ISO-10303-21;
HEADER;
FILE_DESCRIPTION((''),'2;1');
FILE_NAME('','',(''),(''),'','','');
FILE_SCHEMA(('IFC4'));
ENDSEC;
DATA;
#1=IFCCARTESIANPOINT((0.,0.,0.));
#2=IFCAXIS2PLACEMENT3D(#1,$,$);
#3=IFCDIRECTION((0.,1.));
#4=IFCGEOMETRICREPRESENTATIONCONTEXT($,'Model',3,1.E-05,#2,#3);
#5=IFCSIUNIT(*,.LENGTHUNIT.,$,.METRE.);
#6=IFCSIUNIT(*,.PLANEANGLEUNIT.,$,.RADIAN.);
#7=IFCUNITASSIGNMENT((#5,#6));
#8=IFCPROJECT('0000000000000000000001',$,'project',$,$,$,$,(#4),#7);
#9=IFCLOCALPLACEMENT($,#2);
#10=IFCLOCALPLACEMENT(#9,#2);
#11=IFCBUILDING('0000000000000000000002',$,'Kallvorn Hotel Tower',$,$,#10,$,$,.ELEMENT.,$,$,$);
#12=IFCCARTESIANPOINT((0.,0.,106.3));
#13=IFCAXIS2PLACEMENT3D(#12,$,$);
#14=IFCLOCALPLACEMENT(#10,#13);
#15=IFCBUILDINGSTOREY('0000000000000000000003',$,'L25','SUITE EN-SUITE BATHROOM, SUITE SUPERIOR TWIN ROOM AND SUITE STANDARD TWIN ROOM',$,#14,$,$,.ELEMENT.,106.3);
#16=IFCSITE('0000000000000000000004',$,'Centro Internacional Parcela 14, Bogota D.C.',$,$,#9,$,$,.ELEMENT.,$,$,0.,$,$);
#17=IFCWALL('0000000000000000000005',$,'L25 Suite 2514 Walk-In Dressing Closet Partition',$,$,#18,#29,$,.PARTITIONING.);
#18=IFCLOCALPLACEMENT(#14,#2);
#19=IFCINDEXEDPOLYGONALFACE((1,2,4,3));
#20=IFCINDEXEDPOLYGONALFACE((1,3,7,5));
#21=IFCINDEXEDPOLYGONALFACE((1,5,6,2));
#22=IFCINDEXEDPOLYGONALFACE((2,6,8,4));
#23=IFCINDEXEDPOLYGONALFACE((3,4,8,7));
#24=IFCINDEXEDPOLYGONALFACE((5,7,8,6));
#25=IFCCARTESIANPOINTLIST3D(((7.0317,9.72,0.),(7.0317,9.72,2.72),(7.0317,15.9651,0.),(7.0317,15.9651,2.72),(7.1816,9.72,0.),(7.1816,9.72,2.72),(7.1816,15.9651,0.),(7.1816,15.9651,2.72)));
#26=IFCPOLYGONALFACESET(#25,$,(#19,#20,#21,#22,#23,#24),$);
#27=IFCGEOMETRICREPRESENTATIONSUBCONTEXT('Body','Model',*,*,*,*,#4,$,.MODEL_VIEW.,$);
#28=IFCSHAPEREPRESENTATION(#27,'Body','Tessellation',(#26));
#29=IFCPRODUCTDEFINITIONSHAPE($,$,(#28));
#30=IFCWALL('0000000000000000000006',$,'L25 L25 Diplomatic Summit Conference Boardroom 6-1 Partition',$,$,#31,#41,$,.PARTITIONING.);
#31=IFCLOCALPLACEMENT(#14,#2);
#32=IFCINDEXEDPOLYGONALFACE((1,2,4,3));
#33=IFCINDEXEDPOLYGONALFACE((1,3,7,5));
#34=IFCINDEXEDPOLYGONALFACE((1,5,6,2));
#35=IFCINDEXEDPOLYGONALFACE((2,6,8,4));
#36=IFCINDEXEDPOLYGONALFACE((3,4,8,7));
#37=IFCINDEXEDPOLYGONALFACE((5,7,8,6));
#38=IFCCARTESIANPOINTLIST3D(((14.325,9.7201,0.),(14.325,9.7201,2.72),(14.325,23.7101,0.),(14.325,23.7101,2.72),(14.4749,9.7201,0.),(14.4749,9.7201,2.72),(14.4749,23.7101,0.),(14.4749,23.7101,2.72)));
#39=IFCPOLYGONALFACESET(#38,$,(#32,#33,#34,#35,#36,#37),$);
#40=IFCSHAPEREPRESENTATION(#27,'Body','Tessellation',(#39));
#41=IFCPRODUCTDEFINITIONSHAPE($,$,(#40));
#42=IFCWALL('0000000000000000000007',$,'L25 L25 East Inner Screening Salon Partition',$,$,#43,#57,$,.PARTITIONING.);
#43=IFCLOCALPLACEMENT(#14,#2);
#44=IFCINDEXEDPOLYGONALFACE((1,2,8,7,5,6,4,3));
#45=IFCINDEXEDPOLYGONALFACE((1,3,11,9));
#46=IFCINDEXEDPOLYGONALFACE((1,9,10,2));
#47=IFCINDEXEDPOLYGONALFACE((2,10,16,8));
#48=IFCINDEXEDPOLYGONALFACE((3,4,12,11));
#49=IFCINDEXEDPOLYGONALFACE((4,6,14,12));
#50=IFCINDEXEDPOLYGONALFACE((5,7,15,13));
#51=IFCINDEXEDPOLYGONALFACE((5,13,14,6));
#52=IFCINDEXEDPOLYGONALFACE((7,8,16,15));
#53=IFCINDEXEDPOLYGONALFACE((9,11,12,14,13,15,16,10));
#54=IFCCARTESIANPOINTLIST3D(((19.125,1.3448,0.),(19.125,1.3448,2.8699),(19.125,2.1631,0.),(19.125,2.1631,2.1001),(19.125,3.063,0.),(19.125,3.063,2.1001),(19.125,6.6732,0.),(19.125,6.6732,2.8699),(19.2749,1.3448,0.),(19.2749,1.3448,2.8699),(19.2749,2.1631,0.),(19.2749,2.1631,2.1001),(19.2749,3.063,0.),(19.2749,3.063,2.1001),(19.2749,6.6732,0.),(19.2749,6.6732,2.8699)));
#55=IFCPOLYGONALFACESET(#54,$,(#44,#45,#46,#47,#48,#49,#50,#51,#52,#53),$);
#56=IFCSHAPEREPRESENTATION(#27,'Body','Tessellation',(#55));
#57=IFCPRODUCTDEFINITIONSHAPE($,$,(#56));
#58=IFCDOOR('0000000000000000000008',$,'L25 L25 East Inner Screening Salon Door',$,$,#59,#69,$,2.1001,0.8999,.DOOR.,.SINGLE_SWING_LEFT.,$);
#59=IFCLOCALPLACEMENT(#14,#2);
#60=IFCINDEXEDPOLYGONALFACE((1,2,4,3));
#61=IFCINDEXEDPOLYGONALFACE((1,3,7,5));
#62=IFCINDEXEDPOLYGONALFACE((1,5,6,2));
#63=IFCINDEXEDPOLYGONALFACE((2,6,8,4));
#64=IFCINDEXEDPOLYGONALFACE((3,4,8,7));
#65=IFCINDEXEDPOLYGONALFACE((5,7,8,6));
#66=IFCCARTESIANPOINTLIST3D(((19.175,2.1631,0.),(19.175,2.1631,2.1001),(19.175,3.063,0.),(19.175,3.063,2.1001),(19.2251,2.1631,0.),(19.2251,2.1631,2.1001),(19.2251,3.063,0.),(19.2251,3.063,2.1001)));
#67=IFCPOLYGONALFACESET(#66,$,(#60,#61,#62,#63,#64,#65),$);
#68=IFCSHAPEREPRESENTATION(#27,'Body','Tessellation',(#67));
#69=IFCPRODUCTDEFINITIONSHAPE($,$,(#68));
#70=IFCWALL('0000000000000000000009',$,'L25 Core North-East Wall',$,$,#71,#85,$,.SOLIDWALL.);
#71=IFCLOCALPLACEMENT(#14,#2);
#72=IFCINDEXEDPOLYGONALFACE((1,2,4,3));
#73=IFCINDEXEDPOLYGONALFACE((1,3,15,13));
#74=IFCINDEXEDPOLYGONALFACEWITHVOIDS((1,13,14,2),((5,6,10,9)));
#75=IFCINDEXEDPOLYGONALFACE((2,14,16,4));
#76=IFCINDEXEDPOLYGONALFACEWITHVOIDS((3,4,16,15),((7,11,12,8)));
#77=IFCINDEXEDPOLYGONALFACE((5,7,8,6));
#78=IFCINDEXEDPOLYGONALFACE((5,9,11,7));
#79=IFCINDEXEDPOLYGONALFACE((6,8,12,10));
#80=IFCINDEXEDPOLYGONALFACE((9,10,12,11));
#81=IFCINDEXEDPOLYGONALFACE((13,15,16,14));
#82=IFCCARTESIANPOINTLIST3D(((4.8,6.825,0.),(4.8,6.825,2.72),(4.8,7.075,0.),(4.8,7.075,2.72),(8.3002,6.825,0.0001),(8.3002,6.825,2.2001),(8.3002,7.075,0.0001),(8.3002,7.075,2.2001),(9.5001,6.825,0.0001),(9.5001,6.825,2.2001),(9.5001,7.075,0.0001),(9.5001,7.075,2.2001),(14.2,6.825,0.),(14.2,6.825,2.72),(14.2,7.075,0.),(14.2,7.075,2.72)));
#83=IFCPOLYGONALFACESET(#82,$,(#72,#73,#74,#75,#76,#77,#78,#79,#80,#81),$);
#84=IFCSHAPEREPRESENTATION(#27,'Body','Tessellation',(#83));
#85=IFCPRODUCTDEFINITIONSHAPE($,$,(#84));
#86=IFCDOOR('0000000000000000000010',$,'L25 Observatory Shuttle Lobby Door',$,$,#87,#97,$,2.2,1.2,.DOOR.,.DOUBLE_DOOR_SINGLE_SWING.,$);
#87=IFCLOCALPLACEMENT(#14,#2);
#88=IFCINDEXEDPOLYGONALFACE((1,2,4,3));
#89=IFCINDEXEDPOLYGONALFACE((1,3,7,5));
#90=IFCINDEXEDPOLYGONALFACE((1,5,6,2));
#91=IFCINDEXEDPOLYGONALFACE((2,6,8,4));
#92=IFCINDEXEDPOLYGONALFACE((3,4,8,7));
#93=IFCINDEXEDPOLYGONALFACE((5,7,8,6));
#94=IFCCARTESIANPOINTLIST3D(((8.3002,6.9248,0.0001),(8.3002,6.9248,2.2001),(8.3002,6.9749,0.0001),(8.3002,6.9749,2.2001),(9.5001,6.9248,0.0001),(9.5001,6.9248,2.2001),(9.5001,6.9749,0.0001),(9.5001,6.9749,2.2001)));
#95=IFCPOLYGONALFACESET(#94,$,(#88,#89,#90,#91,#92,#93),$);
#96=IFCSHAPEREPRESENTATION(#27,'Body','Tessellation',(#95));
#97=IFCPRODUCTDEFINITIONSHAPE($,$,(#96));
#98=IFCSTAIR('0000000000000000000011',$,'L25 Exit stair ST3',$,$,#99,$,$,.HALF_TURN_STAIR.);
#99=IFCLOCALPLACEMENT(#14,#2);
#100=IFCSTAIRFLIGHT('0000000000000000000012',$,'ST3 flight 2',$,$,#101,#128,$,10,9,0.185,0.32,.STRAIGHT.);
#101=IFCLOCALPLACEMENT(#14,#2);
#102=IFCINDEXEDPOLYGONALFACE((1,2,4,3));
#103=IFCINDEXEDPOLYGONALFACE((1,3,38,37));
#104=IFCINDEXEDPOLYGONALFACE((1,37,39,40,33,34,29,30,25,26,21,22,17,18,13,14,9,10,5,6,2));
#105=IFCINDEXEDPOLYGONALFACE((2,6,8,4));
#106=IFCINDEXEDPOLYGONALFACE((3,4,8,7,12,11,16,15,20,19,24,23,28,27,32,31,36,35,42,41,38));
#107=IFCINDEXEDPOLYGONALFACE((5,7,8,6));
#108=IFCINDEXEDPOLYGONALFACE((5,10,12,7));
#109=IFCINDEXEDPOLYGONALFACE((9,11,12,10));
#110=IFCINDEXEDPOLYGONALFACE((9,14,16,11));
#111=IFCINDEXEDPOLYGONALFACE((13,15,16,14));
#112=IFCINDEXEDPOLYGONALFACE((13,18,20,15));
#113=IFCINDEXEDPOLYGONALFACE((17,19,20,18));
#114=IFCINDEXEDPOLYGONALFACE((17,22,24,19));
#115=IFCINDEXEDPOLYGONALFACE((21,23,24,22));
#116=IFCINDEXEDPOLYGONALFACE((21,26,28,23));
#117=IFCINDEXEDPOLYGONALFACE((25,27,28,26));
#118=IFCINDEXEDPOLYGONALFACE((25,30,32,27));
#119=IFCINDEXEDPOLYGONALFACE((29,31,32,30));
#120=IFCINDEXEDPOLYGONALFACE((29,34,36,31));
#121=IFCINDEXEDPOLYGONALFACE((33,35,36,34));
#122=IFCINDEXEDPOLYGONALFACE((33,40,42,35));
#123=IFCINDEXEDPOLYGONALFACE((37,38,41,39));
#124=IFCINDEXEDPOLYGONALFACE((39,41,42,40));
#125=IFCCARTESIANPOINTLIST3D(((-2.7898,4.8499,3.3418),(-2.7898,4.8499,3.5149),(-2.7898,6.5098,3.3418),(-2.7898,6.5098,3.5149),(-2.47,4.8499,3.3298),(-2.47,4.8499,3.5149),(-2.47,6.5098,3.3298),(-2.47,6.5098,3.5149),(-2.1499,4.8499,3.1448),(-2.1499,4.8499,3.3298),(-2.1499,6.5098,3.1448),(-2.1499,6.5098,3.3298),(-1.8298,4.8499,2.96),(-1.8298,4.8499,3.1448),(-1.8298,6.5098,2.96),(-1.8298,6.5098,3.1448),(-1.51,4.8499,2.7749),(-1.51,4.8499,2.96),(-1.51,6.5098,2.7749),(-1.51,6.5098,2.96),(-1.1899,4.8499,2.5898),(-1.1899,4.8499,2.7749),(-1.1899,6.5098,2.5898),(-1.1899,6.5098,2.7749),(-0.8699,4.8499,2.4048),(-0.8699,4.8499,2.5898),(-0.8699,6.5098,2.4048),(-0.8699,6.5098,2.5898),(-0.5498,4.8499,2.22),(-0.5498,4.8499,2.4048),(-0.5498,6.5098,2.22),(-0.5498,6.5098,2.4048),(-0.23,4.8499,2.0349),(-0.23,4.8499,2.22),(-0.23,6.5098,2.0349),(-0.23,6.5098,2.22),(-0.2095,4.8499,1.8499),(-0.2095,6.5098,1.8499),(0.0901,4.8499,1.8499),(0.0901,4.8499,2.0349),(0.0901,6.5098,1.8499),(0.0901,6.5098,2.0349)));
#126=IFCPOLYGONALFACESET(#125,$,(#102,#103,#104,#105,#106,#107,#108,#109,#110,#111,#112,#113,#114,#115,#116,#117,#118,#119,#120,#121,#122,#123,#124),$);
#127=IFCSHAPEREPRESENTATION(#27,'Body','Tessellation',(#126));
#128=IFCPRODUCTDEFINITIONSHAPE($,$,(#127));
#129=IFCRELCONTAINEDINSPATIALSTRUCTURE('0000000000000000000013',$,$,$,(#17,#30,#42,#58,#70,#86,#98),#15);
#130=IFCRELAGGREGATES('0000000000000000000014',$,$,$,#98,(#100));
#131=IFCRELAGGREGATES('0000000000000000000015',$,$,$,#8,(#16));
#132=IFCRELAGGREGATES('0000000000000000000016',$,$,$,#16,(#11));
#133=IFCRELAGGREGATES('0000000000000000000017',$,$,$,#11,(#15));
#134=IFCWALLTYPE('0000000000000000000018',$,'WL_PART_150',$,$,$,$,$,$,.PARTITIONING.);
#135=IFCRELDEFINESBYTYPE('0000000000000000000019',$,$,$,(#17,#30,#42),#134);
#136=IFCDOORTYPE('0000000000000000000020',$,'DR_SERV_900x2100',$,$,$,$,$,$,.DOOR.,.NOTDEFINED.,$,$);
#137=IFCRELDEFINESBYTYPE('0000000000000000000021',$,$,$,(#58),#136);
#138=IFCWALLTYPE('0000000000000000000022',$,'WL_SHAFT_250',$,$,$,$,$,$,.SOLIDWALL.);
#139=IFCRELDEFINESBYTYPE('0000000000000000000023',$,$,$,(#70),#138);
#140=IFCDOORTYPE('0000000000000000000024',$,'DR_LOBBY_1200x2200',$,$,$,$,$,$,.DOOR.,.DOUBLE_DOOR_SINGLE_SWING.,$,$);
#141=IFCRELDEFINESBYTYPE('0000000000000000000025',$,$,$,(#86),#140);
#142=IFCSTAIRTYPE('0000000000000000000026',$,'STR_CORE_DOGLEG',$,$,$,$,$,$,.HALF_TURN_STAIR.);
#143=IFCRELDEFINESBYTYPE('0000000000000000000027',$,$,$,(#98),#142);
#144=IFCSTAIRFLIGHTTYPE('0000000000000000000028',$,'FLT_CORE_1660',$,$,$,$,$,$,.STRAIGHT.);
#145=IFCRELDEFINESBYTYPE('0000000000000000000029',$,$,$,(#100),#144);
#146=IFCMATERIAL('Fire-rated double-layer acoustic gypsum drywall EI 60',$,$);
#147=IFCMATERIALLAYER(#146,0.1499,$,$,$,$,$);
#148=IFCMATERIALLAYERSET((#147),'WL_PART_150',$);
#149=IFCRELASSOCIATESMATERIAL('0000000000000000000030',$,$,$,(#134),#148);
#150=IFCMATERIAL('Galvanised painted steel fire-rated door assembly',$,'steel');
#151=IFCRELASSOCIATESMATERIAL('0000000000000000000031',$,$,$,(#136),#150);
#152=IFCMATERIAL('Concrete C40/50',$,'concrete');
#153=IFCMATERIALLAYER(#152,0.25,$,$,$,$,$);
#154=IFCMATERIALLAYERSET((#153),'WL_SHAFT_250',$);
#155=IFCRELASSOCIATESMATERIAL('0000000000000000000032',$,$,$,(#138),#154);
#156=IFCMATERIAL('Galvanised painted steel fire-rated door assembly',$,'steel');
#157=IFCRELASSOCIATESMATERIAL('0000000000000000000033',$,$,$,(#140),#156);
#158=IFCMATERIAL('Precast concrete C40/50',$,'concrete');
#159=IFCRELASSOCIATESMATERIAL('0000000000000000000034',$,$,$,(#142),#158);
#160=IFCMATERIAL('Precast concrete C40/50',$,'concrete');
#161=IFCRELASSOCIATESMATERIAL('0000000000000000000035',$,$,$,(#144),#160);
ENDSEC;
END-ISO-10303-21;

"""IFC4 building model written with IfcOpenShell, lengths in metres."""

from ifc_helpers import new_model, si_unit, direction, frame, frame_2d, origin, place, context, subcontext, project, spatial, polyline, rectangle, outline, extrude, material, layer, layer_set, type_object, element, fill, aggregate, save


model = new_model("IFC4")

# Units and contexts
model_context = context("Model", 3, precision=1e-05, world=origin(), true_north=direction((0.0, 1.0)))
body_context = subcontext(model_context, "Body", "Model", "MODEL_VIEW")
ifc_project = project(units=[si_unit("LENGTHUNIT", "METRE"), si_unit("PLANEANGLEUNIT", "RADIAN")], contexts=[model_context])

# Site, building, storey
site_placement = place(None, origin())
site = spatial("IfcSite", under=ifc_project, at=site_placement, Name="Centro Internacional Parcela 14, Bogota D.C.", CompositionType="ELEMENT", RefElevation=0.0)
building_placement = place(site_placement, origin())
building = spatial("IfcBuilding", under=site, at=building_placement, Name="Kallvorn Hotel Tower", CompositionType="ELEMENT")
storey_placement = place(building_placement, frame((0.0, 0.0, 106.3)))
storey = spatial("IfcBuildingStorey", under=building, at=storey_placement, Name="L25", Description="SUITE EN-SUITE BATHROOM, SUITE SUPERIOR TWIN ROOM AND SUITE STANDARD TWIN ROOM", CompositionType="ELEMENT", Elevation=106.3)

# Walls
ifc_material_1 = material(Name="Fire-rated double-layer acoustic gypsum drywall EI 60")
ifc_layer_1 = layer(ifc_material_1, 0.1499)
ifc_layer_set_1 = layer_set([ifc_layer_1], Name="WL_PART_150")
wall_type_1 = type_object("IfcWallType", Name="WL_PART_150", PredefinedType="PARTITIONING", material=ifc_layer_set_1)
wall_1_placement = place(storey_placement, frame((7.1067, 9.72, 0.0), z_axis=(0.0, 0.0, 1.0), x_axis=(0.0, 1.0, 0.0)))
element("IfcWall", 1, at=wall_1_placement, inside=storey, type_object=wall_type_1, Name="L25 Suite 2514 Walk-In Dressing Closet Partition", PredefinedType="PARTITIONING", context=body_context, shape_type="SweptSolid", body=[
    extrude(rectangle(XDim=6.2451, YDim=0.1499, at=frame_2d((3.1226, 0.0))), origin(), (0.0, 0.0, 1.0), 2.72),
])
wall_2_placement = place(storey_placement, frame((14.3999, 9.72, 0.0), z_axis=(0.0, 0.0, 1.0), x_axis=(0.0, 1.0, 0.0)))
element("IfcWall", 2, at=wall_2_placement, inside=storey, type_object=wall_type_1, Name="L25 L25 Diplomatic Summit Conference Boardroom 6-1 Partition", PredefinedType="PARTITIONING", context=body_context, shape_type="SweptSolid", body=[
    extrude(rectangle(XDim=13.99, YDim=0.1499, at=frame_2d((6.9951, 0.0))), origin(), (0.0, 0.0, 1.0), 2.72),
])

# Walls, openings, doors
wall_3_placement = place(storey_placement, frame((19.2, 1.345, 0.0), z_axis=(0.0, 0.0, 1.0), x_axis=(0.0, 1.0, 0.0)))
wall_3 = element("IfcWall", 3, at=wall_3_placement, inside=storey, type_object=wall_type_1, Name="L25 L25 East Inner Screening Salon Partition", PredefinedType="PARTITIONING", context=body_context, shape_type="SweptSolid", body=[
    extrude(rectangle(XDim=5.3284, YDim=0.1499, at=frame_2d((2.6641, 0.0))), origin(), (0.0, 0.0, 1.0), 2.8699),
])
opening_1_placement = place(wall_3_placement, frame((0.8181, 0.0, 0.0)))
opening_1 = element("IfcOpeningElement", 4, at=opening_1_placement, cuts=wall_3, PredefinedType="OPENING", context=body_context, shape_type="SweptSolid", body=[
    extrude(rectangle(XDim=0.8999, YDim=2.1001, at=frame_2d((0.45, 1.05))), frame((0.0, 0.0898, 0.0), z_axis=(0.0, -1.0, 0.0), x_axis=(1.0, 0.0, 0.0)), (0.0, 0.0, 1.0), 0.1799),
])
ifc_material_2 = material(Name="Galvanised painted steel fire-rated door assembly", Category="steel")
door_type_1 = type_object("IfcDoorType", Name="DR_SERV_900x2100", OperationType="NOTDEFINED", PredefinedType="DOOR", material=ifc_material_2)
door_1_placement = place(opening_1_placement, origin())
door_1 = element("IfcDoor", 5, at=door_1_placement, inside=storey, type_object=door_type_1, Name="L25 L25 East Inner Screening Salon Door", OperationType="SINGLE_SWING_LEFT", OverallHeight=2.1001, OverallWidth=0.8999, PredefinedType="DOOR", context=body_context, shape_type="SweptSolid", body=[
    extrude(rectangle(XDim=0.8999, YDim=2.1001, at=frame_2d((0.45, 1.05))), frame((0.0, 0.0249, 0.0), z_axis=(0.0, -1.0, 0.0), x_axis=(1.0, 0.0, 0.0)), (0.0, 0.0, 1.0), 0.05),
])
fill(opening_1, door_1)
ifc_material_3 = material(Name="Concrete C40/50", Category="concrete")
ifc_layer_2 = layer(ifc_material_3, 0.25)
ifc_layer_set_2 = layer_set([ifc_layer_2], Name="WL_SHAFT_250")
wall_type_2 = type_object("IfcWallType", Name="WL_SHAFT_250", PredefinedType="SOLIDWALL", material=ifc_layer_set_2)
wall_4_placement = place(storey_placement, frame((4.8, 6.95, 0.0), z_axis=(0.0, 0.0, 1.0), x_axis=(1.0, 0.0, 0.0)))
wall_4 = element("IfcWall", 6, at=wall_4_placement, inside=storey, type_object=wall_type_2, Name="L25 Core North-East Wall", PredefinedType="SOLIDWALL", context=body_context, shape_type="SweptSolid", body=[
    extrude(rectangle(XDim=9.3999, YDim=0.25, at=frame_2d((4.7, 0.0))), origin(), (0.0, 0.0, 1.0), 2.72),
])
opening_2_placement = place(wall_4_placement, frame((3.5, 0.0, 0.0)))
opening_2 = element("IfcOpeningElement", 7, at=opening_2_placement, cuts=wall_4, PredefinedType="OPENING", context=body_context, shape_type="SweptSolid", body=[
    extrude(rectangle(XDim=1.2, YDim=2.2, at=frame_2d((0.6001, 1.1001))), frame((0.0, 0.1399, 0.0), z_axis=(0.0, -1.0, 0.0), x_axis=(1.0, 0.0, 0.0)), (0.0, 0.0, 1.0), 0.28),
])
ifc_material_4 = material(Name="Galvanised painted steel fire-rated door assembly", Category="steel")
door_type_2 = type_object("IfcDoorType", Name="DR_LOBBY_1200x2200", OperationType="DOUBLE_DOOR_SINGLE_SWING", PredefinedType="DOOR", material=ifc_material_4)
door_2_placement = place(opening_2_placement, origin())
door_2 = element("IfcDoor", 8, at=door_2_placement, inside=storey, type_object=door_type_2, Name="L25 Observatory Shuttle Lobby Door", OperationType="DOUBLE_DOOR_SINGLE_SWING", OverallHeight=2.2, OverallWidth=1.2, PredefinedType="DOOR", context=body_context, shape_type="SweptSolid", body=[
    extrude(rectangle(XDim=1.2, YDim=2.2, at=frame_2d((0.6001, 1.1001))), frame((0.0, 0.0249, 0.0), z_axis=(0.0, -1.0, 0.0), x_axis=(1.0, 0.0, 0.0)), (0.0, 0.0, 1.0), 0.05),
])
fill(opening_2, door_2)

# Stair, stair flight
ifc_material_5 = material(Name="Precast concrete C40/50", Category="concrete")
stair_type = type_object("IfcStairType", Name="STR_CORE_DOGLEG", PredefinedType="HALF_TURN_STAIR", material=ifc_material_5)
stair_placement = place(storey_placement, origin())
stair = element("IfcStair", 9, at=stair_placement, inside=storey, type_object=stair_type, Name="L25 Exit stair ST3", PredefinedType="HALF_TURN_STAIR")
ifc_material_6 = material(Name="Precast concrete C40/50", Category="concrete")
stair_flight_type = type_object("IfcStairFlightType", Name="FLT_CORE_1660", PredefinedType="STRAIGHT", material=ifc_material_6)
stair_flight_placement = place(storey_placement, frame((0.0901, 5.6799, 1.8499), z_axis=(0.0, 0.0, 1.0), x_axis=(-1.0, 0.0, 0.0)))
stair_flight = element("IfcStairFlight", 10, at=stair_flight_placement, type_object=stair_flight_type, Name="ST3 flight 2", NumberOfRisers=10, NumberOfTreads=9, PredefinedType="STRAIGHT", RiserHeight=0.185, TreadLength=0.32, context=body_context, shape_type="SweptSolid", body=[
    extrude(outline(polyline([(0.0, 0.0), (0.0, 0.1851), (0.3201, 0.1851), (0.3201, 0.3701), (0.6399, 0.3701), (0.6399, 0.5549), (0.96, 0.5549), (0.96, 0.74), (1.28, 0.74), (1.28, 0.925), (1.6001, 0.925), (1.6001, 1.1101), (1.9199, 1.1101), (1.9199, 1.2949), (2.24, 1.2949), (2.24, 1.48), (2.5601, 1.48), (2.5601, 1.665), (2.8799, 1.665), (2.8799, 1.8501), (2.8799, 1.4919), (0.2996, 0.0), (0.0, 0.0)])), frame((0.0, 0.8301, 0.0), z_axis=(0.0, -1.0, 0.0), x_axis=(1.0, 0.0, 0.0)), (0.0, 0.0, 1.0), 1.6599),
])
aggregate(stair, [stair_flight])

save(model, "model.ifc")
